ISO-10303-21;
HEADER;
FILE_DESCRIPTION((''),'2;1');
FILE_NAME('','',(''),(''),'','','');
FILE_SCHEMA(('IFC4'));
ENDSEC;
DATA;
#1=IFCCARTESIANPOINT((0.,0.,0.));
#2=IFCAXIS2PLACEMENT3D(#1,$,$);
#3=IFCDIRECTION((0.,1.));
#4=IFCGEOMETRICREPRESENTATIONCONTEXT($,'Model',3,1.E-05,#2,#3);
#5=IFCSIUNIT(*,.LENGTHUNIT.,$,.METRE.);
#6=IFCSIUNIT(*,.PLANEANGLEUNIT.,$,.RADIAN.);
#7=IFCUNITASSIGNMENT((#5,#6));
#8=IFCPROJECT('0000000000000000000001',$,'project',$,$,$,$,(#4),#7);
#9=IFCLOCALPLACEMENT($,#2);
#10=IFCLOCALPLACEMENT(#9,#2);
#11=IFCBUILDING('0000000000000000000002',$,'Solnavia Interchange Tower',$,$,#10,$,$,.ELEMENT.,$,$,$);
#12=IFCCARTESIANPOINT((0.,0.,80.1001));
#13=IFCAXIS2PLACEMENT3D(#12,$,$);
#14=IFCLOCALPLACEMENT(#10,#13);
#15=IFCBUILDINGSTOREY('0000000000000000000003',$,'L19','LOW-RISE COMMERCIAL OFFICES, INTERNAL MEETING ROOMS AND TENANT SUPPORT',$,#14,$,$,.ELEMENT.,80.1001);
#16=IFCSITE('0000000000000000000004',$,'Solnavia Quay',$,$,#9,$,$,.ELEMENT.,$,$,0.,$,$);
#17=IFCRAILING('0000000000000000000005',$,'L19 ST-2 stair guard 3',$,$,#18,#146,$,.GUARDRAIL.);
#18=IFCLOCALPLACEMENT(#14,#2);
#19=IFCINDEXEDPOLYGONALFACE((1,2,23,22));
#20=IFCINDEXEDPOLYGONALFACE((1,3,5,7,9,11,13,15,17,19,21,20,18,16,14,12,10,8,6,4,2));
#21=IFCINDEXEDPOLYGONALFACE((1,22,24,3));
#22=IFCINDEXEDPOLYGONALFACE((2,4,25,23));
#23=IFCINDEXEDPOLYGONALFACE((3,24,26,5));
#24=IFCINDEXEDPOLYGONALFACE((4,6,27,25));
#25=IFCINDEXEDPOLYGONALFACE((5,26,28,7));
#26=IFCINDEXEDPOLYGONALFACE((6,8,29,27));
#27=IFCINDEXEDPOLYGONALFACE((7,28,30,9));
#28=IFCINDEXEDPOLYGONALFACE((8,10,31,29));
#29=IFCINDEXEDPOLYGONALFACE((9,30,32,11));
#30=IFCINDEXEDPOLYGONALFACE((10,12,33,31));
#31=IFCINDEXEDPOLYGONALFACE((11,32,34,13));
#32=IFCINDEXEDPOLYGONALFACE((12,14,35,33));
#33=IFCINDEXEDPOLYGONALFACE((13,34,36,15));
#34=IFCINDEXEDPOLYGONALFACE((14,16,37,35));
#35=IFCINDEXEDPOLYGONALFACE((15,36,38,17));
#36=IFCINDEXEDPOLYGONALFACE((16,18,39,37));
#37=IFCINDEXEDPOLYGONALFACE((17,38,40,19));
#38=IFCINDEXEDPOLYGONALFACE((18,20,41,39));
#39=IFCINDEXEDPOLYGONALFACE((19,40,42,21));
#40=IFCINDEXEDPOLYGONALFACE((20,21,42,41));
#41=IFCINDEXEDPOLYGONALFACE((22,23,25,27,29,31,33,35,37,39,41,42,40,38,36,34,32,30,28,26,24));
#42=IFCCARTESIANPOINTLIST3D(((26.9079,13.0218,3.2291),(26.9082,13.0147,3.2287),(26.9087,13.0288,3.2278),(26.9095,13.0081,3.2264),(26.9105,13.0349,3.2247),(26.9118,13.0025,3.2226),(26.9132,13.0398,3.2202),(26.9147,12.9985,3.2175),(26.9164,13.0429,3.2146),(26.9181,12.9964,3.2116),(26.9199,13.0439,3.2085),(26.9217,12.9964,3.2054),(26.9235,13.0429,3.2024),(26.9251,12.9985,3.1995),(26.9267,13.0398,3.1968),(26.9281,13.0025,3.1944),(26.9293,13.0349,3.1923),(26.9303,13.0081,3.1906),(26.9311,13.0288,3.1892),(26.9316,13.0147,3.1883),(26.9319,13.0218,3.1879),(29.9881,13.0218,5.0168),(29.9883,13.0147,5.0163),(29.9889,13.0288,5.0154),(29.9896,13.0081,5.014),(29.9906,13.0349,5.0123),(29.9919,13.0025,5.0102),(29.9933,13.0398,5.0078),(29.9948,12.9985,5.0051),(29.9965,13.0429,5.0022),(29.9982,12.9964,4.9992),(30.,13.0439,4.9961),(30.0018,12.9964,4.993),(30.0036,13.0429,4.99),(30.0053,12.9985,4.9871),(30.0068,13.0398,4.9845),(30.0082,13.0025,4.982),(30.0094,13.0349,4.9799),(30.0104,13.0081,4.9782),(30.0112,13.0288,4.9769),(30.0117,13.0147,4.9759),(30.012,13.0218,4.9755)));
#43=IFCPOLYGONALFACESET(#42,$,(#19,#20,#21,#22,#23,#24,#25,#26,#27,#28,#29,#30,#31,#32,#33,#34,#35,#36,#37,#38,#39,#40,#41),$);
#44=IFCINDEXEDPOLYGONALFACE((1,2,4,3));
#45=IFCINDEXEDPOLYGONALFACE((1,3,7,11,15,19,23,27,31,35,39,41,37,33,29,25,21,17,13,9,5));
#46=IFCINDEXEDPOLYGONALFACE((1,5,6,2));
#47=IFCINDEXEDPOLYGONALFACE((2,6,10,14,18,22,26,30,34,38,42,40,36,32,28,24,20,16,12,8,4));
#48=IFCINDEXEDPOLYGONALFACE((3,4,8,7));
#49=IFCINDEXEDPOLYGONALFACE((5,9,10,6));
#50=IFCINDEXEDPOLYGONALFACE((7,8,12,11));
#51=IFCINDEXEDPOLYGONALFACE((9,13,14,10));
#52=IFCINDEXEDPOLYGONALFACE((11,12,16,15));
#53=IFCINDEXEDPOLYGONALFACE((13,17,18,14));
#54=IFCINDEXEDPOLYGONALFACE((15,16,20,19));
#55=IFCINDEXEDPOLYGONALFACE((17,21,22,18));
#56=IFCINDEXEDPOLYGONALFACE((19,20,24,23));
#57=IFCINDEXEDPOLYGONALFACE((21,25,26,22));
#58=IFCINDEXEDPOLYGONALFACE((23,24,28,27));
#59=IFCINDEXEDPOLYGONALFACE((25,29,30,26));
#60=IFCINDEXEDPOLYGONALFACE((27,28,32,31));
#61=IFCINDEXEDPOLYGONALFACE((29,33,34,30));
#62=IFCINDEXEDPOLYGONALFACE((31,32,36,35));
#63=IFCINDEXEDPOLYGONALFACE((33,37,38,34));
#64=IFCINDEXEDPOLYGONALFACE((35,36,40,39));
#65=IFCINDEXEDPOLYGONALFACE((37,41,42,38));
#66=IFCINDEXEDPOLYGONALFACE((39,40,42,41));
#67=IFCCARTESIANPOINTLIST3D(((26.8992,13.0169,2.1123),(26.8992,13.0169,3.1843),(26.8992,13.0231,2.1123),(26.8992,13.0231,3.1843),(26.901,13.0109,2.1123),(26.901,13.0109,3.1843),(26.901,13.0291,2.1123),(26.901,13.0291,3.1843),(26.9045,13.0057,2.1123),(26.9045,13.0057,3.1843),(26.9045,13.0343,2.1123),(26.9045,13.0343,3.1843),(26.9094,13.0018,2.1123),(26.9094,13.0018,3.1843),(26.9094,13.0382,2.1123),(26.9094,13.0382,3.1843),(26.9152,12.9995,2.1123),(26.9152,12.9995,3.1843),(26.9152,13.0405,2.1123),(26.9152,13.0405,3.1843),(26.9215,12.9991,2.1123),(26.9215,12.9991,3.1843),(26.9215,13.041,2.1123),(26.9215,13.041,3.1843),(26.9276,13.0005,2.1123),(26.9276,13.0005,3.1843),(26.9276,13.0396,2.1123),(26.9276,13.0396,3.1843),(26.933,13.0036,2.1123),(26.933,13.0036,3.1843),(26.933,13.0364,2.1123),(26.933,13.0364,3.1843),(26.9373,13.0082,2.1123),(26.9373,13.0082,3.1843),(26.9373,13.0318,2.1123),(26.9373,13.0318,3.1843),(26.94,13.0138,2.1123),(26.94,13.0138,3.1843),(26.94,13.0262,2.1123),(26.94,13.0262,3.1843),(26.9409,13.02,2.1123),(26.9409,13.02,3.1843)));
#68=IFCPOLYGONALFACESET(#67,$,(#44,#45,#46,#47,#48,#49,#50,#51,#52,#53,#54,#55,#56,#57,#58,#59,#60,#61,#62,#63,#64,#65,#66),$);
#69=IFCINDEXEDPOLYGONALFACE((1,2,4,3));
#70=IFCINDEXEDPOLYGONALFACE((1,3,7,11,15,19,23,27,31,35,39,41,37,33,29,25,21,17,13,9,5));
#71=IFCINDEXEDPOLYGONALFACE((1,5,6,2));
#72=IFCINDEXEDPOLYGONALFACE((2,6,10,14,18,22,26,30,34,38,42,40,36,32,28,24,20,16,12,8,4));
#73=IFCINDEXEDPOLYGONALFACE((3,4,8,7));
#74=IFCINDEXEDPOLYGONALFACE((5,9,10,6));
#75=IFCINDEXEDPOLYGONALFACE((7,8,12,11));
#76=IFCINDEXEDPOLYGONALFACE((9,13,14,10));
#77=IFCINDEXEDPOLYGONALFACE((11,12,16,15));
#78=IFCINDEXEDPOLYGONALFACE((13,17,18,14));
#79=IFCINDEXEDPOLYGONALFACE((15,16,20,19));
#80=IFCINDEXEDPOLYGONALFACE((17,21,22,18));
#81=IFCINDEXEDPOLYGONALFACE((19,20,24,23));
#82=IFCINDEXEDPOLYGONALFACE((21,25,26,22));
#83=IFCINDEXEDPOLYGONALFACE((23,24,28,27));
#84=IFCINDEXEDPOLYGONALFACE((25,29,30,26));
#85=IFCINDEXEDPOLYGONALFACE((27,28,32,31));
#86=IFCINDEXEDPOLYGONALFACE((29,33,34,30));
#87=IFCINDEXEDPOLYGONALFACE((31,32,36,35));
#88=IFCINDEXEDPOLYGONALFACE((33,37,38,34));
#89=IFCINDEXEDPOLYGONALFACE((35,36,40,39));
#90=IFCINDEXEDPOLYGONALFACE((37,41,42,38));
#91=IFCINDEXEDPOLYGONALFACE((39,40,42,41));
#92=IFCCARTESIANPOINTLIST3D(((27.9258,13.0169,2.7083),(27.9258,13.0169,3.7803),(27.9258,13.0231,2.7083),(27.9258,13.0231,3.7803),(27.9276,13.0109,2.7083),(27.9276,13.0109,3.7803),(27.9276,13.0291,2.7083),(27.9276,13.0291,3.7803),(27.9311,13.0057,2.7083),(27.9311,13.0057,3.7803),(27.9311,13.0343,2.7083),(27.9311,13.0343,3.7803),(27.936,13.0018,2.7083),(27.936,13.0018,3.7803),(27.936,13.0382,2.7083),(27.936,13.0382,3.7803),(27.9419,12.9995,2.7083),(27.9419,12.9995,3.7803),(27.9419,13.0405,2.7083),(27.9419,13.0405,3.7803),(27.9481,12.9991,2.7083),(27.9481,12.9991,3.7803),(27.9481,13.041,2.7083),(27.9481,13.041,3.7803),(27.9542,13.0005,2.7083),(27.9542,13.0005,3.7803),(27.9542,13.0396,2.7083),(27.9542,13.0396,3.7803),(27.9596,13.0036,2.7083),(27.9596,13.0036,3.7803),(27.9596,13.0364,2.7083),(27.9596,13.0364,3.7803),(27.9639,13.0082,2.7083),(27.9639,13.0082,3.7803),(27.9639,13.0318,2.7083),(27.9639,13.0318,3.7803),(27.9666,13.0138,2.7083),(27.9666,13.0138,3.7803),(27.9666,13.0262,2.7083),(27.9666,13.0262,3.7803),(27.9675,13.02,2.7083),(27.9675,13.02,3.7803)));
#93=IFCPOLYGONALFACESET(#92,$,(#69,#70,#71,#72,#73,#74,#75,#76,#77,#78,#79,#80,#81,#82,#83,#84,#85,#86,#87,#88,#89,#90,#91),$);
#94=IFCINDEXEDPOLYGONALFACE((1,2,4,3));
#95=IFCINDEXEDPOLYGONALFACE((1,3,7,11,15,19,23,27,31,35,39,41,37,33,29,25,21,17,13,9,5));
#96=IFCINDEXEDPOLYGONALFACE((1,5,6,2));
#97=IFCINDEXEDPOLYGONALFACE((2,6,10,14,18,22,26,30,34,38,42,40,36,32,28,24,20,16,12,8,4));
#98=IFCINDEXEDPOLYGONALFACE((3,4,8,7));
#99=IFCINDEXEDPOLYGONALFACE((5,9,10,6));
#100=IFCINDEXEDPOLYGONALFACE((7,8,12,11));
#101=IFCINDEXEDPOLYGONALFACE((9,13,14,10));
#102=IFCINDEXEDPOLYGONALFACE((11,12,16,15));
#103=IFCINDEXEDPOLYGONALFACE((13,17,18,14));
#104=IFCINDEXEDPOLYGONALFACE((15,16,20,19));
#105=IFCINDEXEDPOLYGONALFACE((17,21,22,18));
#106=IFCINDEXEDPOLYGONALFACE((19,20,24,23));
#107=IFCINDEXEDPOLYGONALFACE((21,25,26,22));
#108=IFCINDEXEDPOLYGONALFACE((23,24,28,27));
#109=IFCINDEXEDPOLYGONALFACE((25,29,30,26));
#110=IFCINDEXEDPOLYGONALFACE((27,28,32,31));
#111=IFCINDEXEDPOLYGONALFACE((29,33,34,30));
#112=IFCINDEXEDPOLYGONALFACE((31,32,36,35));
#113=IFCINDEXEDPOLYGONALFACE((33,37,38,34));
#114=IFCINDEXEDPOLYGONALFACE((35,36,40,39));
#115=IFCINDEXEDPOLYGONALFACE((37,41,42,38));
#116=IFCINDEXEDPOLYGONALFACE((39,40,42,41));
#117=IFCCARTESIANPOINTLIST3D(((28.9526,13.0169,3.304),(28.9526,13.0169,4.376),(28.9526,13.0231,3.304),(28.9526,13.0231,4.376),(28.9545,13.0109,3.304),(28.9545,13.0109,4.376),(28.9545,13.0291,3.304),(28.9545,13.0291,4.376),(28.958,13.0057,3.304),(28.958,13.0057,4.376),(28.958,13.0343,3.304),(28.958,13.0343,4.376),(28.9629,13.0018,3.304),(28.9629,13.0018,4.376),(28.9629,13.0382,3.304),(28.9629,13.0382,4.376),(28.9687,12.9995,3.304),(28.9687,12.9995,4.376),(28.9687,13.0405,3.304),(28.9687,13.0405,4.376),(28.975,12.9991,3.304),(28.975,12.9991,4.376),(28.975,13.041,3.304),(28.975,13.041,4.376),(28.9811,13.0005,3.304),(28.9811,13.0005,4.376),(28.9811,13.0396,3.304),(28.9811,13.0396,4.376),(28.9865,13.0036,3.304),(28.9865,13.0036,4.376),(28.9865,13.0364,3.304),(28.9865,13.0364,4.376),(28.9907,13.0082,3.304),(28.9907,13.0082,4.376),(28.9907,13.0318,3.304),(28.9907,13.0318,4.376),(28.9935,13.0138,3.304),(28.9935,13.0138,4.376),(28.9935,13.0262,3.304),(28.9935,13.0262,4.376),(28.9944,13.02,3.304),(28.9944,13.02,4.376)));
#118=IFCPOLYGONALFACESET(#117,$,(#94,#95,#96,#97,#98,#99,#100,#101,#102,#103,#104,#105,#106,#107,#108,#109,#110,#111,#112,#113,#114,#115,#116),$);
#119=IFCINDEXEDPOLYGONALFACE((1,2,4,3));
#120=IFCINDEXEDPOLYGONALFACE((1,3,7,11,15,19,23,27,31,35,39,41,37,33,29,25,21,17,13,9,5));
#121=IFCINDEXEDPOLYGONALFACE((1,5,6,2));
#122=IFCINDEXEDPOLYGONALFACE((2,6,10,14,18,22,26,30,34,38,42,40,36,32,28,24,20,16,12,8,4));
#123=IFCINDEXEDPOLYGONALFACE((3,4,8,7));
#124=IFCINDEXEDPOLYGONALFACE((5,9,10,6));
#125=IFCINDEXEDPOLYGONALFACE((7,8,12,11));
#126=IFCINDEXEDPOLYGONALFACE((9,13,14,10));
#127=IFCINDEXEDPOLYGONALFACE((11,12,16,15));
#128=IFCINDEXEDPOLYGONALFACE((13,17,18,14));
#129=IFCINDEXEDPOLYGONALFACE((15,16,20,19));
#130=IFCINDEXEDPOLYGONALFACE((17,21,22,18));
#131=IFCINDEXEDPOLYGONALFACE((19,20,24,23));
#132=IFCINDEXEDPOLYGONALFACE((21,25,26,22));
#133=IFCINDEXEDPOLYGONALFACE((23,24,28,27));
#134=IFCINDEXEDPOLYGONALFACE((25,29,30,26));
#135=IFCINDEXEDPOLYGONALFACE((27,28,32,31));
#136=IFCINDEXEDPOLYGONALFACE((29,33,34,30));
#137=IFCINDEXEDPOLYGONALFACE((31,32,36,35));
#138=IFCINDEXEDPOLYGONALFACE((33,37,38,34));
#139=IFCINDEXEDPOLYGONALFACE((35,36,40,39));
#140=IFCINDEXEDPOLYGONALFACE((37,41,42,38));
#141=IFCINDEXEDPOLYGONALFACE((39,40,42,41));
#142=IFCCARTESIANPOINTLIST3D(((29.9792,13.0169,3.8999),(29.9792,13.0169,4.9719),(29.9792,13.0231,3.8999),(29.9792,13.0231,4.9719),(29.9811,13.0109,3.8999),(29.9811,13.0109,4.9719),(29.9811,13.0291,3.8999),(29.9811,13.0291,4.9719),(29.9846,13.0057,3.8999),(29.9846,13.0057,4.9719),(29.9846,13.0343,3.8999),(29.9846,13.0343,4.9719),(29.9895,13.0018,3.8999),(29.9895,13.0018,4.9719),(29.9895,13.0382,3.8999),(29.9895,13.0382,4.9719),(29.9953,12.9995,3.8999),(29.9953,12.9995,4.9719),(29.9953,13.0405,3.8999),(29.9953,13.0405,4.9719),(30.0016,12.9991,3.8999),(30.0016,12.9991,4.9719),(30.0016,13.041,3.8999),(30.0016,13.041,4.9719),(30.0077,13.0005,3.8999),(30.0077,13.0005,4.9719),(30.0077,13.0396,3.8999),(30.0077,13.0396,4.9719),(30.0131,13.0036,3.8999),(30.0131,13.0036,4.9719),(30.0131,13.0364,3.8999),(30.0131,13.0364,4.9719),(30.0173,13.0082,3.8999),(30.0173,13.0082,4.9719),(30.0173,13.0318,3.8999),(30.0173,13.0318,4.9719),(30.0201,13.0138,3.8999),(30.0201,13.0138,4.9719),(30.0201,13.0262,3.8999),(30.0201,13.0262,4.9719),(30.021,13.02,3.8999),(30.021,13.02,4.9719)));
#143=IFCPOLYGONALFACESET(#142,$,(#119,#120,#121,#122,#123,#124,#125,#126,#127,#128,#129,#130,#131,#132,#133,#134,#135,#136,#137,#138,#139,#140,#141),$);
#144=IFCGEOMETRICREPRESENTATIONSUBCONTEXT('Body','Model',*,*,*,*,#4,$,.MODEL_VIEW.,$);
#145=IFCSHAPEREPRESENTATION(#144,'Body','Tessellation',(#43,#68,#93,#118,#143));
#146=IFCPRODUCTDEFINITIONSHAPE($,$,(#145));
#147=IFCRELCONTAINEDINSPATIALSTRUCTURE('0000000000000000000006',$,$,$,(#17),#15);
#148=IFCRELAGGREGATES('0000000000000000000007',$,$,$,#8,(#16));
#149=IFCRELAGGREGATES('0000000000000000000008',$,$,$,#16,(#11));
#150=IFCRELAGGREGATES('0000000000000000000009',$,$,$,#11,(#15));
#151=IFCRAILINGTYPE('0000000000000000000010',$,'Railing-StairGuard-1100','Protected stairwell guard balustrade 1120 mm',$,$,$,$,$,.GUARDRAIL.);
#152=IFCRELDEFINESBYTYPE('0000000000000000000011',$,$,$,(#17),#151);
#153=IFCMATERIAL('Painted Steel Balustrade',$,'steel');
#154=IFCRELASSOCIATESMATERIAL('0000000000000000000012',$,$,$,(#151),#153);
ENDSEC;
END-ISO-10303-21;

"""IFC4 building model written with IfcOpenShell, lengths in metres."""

from ifc_helpers import new_model, si_unit, direction, frame, origin, origin_2d, place, context, subcontext, project, spatial, circle, extrude, material, type_object, element, save


model = new_model("IFC4")

# Units and contexts
model_context = context("Model", 3, precision=1e-05, world=origin(), true_north=direction((0.0, 1.0)))
body_context = subcontext(model_context, "Body", "Model", "MODEL_VIEW")
ifc_project = project(units=[si_unit("LENGTHUNIT", "METRE"), si_unit("PLANEANGLEUNIT", "RADIAN")], contexts=[model_context])

# Site, building, storey
site_placement = place(None, origin())
site = spatial("IfcSite", under=ifc_project, at=site_placement, Name="Solnavia Quay", CompositionType="ELEMENT", RefElevation=0.0)
building_placement = place(site_placement, origin())
building = spatial("IfcBuilding", under=site, at=building_placement, Name="Solnavia Interchange Tower", CompositionType="ELEMENT")
storey_placement = place(building_placement, frame((0.0, 0.0, 80.1001)))
storey = spatial("IfcBuildingStorey", under=building, at=storey_placement, Name="L19", Description="LOW-RISE COMMERCIAL OFFICES, INTERNAL MEETING ROOMS AND TENANT SUPPORT", CompositionType="ELEMENT", Elevation=80.1001)

# Railing
ifc_material_1 = material(Name="Painted Steel Balustrade", Category="steel")
railing_type_1 = type_object("IfcRailingType", Name="Railing-StairGuard-1100", Description="Protected stairwell guard balustrade 1120 mm", PredefinedType="GUARDRAIL", material=ifc_material_1)
railing_1_placement = place(storey_placement, frame((26.9199, 13.02, 2.1123)))
element("IfcRailing", 1, at=railing_1_placement, inside=storey, type_object=railing_type_1, Name="L19 ST-2 stair guard 3", PredefinedType="GUARDRAIL", context=body_context, shape_type="SweptSolid", body=[
    extrude(circle(Radius=0.0239, at=origin_2d()), frame((0.0, 0.0, 1.0962), z_axis=(0.864891, 0.0, 0.50196), x_axis=(0.0, 1.0, 0.0)), (0.0, 0.0, 1.0), 3.5613),
    extrude(circle(Radius=0.021, at=origin_2d()), origin(), (0.0, 0.0, 1.0), 1.072),
    extrude(circle(Radius=0.021, at=origin_2d()), frame((1.0266, 0.0, 0.5959)), (0.0, 0.0, 1.0), 1.072),
    extrude(circle(Radius=0.021, at=origin_2d()), frame((2.0535, 0.0, 1.1917)), (0.0, 0.0, 1.0), 1.072),
    extrude(circle(Radius=0.021, at=origin_2d()), frame((3.0801, 0.0, 1.7876)), (0.0, 0.0, 1.0), 1.072),
])

save(model, "model.ifc")
